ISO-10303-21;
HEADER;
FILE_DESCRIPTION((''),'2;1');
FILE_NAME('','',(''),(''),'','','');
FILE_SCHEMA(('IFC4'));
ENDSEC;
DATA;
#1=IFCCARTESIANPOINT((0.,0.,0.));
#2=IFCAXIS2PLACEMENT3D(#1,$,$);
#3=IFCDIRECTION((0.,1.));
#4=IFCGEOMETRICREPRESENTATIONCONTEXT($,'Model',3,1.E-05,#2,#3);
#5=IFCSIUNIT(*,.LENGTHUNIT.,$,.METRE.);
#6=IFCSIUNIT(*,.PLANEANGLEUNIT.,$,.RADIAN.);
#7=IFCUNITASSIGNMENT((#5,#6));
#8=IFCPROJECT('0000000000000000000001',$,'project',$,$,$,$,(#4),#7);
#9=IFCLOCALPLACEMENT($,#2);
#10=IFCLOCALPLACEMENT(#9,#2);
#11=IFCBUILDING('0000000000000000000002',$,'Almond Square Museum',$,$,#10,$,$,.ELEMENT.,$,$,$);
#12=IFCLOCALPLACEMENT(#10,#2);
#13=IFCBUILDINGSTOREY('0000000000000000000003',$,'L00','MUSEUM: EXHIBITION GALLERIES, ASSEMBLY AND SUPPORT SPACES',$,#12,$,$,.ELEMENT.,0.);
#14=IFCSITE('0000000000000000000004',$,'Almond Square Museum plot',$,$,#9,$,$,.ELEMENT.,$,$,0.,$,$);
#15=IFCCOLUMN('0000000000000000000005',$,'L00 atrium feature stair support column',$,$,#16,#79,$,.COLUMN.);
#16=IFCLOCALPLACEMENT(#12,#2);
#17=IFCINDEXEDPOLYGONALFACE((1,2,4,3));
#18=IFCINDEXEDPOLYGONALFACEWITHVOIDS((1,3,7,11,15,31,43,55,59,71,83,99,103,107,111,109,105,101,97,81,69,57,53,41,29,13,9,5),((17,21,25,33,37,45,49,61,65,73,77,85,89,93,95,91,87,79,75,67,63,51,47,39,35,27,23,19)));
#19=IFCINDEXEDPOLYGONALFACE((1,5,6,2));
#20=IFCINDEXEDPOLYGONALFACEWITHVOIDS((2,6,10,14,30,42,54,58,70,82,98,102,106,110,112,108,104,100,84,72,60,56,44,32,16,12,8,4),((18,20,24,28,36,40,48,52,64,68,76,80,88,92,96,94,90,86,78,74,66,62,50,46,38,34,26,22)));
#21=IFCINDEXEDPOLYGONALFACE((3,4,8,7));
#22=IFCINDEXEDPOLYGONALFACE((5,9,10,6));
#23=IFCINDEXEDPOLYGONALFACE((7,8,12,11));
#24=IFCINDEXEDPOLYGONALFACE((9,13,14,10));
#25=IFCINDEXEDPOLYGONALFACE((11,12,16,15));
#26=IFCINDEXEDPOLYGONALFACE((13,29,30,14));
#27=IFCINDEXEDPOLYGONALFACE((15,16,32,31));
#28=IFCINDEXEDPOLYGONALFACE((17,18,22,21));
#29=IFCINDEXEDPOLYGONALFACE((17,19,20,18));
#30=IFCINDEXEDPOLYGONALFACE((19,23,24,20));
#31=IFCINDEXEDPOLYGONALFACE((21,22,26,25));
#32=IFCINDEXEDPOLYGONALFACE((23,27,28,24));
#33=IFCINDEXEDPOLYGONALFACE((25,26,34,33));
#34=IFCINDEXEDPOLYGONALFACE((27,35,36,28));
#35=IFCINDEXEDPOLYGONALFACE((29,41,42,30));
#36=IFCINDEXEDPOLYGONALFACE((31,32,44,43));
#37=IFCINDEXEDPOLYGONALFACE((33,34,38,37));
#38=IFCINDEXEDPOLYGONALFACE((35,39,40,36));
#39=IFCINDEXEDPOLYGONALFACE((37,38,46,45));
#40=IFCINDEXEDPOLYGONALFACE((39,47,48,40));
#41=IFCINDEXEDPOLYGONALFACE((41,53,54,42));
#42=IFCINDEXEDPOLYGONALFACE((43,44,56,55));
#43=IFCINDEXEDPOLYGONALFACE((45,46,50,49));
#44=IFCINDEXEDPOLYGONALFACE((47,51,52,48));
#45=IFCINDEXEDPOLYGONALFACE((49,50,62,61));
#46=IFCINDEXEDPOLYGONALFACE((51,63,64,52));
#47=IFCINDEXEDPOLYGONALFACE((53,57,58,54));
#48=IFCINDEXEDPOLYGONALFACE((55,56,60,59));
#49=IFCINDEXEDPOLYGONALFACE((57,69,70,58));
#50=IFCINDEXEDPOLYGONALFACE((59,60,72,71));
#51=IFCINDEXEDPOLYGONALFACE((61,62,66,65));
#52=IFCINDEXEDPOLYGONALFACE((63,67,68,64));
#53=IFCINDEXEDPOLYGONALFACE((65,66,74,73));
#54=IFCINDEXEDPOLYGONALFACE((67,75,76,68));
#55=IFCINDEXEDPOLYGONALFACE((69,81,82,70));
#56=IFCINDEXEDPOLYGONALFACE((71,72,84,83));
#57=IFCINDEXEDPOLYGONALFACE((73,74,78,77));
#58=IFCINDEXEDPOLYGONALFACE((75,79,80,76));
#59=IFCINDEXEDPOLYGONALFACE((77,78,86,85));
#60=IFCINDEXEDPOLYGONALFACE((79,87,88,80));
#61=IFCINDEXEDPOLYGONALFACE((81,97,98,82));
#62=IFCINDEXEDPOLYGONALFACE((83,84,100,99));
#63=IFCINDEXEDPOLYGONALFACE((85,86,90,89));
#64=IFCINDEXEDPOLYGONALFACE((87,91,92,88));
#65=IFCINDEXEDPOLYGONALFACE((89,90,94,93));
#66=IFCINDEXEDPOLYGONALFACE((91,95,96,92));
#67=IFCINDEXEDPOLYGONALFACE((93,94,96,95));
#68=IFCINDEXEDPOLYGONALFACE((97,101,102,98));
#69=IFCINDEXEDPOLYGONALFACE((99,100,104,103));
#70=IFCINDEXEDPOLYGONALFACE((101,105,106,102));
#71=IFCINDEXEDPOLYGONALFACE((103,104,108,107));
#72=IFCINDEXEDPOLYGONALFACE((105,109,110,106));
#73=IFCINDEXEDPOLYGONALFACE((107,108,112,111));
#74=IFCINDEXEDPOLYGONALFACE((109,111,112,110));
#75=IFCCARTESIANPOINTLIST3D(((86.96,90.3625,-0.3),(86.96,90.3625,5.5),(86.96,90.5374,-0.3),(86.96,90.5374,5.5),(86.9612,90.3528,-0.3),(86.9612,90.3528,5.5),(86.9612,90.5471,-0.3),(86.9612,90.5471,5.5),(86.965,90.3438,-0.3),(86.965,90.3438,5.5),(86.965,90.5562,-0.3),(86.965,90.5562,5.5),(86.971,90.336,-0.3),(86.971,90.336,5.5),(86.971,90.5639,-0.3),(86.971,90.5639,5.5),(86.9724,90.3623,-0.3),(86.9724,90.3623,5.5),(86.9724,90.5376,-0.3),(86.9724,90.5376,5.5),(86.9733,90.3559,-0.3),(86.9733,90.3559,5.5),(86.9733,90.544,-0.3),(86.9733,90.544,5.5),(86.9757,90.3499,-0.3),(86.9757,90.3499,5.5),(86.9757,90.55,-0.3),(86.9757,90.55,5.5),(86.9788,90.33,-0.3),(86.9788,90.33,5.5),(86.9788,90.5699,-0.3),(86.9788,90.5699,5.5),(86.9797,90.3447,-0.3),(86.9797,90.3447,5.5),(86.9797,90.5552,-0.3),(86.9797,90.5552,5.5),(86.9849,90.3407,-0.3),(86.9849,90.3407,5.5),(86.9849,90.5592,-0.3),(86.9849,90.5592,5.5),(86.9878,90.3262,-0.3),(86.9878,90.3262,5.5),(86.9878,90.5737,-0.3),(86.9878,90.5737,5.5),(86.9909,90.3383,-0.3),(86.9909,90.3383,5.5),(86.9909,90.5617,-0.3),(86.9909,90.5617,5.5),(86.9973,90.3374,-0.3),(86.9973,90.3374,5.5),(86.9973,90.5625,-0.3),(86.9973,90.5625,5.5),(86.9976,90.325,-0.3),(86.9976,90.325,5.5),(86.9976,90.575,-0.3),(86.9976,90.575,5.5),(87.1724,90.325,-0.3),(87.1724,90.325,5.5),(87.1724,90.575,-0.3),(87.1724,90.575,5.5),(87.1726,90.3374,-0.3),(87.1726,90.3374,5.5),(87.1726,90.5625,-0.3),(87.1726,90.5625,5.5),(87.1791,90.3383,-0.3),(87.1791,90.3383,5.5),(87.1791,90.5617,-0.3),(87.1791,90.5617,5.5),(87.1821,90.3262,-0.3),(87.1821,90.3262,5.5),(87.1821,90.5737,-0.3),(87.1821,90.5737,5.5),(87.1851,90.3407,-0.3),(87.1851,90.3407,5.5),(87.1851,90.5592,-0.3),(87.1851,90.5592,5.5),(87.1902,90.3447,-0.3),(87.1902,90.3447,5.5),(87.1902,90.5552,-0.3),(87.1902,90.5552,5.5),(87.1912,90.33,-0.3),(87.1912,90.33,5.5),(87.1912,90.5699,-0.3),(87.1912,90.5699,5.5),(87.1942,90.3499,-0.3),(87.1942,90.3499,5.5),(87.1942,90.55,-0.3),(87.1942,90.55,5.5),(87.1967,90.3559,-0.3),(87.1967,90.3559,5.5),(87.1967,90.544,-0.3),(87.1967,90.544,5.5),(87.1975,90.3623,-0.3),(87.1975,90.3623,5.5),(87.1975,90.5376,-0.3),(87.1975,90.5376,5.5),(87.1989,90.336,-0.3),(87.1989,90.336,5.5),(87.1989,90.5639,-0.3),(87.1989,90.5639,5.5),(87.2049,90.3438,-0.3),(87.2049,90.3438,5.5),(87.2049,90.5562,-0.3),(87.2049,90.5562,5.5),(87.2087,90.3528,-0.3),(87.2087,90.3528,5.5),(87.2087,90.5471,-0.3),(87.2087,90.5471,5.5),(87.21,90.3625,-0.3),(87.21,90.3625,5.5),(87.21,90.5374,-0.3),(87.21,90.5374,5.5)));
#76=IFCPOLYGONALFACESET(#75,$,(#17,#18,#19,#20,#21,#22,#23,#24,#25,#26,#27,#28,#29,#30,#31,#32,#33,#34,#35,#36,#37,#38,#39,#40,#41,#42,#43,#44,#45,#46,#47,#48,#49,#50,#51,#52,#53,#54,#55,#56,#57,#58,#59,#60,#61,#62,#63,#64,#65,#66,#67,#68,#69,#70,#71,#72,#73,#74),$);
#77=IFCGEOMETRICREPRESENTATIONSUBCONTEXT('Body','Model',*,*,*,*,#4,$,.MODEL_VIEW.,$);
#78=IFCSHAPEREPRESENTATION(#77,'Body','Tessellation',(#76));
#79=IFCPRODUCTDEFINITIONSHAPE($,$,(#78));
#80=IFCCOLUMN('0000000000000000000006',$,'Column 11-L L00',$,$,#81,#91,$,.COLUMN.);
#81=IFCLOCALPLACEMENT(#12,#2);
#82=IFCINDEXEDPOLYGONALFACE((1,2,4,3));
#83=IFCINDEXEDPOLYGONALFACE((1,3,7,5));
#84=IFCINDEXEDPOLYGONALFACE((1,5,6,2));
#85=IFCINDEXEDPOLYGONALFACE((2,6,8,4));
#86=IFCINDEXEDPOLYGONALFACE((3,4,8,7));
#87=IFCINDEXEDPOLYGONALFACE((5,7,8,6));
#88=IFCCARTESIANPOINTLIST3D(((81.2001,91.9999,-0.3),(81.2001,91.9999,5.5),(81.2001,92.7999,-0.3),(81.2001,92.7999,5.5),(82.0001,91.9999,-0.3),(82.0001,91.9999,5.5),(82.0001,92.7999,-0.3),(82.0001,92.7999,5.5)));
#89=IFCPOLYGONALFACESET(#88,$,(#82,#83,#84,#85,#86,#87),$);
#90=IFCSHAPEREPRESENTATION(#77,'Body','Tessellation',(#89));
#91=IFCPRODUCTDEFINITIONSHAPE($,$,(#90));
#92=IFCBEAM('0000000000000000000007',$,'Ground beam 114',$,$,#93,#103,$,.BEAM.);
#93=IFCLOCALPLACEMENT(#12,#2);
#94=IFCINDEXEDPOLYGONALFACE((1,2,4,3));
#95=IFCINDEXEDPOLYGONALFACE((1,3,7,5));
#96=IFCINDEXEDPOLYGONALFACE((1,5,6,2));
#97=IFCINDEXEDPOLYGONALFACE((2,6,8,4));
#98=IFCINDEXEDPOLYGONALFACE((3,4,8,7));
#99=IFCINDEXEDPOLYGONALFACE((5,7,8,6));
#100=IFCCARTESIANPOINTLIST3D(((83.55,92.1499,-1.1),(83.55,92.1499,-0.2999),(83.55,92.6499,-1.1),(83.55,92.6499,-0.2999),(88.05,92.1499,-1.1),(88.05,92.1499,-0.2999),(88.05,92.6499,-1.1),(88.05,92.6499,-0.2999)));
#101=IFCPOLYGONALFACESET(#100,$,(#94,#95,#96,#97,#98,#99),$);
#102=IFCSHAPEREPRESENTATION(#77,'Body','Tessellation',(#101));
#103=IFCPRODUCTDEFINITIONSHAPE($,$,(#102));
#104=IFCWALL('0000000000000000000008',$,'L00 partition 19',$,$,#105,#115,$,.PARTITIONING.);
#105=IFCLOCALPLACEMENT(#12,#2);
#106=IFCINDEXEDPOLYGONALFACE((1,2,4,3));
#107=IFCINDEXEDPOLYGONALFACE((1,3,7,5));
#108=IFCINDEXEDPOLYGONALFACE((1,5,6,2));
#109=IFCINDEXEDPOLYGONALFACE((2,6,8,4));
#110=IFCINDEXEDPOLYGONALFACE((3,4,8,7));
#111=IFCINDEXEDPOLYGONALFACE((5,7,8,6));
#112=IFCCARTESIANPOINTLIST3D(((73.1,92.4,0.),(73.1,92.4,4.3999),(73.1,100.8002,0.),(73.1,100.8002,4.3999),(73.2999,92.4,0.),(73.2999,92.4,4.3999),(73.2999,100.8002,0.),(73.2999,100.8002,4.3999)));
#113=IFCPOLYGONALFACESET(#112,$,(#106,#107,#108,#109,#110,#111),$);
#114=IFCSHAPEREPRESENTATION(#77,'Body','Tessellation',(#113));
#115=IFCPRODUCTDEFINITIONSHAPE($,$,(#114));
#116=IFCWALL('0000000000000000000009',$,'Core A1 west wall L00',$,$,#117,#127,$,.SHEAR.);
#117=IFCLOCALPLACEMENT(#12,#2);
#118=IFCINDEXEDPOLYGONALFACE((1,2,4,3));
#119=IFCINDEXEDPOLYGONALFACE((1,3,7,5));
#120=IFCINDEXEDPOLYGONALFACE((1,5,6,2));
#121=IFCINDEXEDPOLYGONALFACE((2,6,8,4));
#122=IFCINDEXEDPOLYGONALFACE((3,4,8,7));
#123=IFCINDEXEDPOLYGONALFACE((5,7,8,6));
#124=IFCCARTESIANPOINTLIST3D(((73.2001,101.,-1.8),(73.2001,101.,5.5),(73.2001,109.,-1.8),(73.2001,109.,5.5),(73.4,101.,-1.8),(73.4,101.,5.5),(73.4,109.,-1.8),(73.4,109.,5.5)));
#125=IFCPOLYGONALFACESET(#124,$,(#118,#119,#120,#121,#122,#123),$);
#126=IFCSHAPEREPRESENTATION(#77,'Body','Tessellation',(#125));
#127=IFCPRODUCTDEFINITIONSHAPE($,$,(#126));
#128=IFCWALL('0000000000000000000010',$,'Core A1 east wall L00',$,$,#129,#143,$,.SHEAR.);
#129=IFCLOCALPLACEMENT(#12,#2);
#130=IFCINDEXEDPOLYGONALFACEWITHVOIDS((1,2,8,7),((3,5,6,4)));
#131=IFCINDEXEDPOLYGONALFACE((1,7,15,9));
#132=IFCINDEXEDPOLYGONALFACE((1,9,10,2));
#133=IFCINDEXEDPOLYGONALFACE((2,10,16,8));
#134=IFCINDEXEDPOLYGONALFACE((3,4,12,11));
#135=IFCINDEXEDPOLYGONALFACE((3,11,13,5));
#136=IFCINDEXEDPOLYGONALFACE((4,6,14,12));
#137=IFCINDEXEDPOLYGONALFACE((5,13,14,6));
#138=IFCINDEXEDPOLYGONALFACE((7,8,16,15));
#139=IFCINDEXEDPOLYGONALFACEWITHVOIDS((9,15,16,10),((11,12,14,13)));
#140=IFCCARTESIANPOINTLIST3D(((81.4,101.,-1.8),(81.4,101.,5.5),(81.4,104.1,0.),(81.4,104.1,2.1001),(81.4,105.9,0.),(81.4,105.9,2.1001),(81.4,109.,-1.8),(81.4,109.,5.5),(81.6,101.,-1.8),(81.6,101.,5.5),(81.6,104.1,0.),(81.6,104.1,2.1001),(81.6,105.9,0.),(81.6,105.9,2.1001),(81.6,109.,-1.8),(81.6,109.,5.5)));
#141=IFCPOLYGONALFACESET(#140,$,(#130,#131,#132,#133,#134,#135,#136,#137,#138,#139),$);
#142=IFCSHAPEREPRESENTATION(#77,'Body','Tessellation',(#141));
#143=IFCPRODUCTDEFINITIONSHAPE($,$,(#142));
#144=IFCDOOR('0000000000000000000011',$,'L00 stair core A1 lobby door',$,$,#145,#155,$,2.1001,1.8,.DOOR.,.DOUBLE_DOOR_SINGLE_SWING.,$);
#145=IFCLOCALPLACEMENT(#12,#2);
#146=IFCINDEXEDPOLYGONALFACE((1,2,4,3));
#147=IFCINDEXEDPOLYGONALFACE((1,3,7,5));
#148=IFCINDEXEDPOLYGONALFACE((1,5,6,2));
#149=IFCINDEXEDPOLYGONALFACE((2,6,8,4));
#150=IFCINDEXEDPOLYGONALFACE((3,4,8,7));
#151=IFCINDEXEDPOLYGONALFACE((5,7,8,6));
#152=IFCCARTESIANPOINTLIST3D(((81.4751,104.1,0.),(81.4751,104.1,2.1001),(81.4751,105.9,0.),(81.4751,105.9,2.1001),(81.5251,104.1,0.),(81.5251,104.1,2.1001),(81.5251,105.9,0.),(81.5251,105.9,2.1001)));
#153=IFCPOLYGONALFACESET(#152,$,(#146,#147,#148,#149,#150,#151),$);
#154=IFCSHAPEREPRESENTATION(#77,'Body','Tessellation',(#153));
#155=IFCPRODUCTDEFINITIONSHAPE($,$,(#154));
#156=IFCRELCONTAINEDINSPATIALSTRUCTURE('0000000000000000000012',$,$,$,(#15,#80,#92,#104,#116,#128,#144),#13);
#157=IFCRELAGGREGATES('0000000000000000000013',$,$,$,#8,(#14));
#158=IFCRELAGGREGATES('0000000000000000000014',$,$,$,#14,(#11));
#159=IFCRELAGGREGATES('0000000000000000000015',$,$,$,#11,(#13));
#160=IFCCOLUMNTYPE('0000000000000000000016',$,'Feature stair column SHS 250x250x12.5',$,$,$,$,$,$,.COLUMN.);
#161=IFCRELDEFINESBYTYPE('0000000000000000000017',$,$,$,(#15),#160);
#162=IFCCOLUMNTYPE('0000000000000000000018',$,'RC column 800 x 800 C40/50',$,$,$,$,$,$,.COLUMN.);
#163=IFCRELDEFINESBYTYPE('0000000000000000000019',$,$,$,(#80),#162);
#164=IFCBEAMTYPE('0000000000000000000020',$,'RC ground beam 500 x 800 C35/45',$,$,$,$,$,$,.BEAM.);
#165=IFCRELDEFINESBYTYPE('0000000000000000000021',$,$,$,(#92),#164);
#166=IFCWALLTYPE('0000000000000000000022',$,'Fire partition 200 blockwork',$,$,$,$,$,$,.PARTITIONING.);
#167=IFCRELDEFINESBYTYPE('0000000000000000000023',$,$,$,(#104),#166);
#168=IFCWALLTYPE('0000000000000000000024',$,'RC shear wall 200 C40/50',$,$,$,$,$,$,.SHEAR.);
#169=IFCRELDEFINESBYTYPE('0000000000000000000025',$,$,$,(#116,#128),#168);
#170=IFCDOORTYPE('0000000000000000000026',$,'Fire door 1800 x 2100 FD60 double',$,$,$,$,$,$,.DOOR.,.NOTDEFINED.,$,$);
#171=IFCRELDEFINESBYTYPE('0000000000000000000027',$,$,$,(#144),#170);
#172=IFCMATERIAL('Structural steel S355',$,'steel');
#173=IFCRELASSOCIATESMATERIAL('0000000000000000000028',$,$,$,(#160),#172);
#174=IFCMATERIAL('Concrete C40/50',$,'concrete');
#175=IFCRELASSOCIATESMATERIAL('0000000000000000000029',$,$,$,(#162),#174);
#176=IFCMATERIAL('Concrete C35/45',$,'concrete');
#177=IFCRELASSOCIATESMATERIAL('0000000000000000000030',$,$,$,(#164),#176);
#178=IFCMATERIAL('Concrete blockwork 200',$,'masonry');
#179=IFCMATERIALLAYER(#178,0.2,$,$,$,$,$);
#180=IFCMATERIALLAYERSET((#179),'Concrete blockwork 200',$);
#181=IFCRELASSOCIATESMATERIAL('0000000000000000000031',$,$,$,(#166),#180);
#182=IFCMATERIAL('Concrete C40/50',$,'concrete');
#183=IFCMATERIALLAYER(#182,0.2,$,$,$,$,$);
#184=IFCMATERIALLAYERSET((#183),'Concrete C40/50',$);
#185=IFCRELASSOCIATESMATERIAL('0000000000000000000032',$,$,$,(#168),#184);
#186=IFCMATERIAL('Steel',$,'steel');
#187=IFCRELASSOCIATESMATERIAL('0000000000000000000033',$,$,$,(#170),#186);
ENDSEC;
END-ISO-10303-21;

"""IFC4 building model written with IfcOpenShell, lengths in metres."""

from ifc_helpers import new_model, si_unit, direction, frame, frame_2d, origin, origin_2d, place, context, subcontext, project, spatial, rectangle, hollow_rectangle, extrude, material, layer, layer_set, material_profile, profile_set, type_object, element, fill, save


model = new_model("IFC4")

# Units and contexts
model_context = context("Model", 3, precision=1e-05, world=origin(), true_north=direction((0.0, 1.0)))
body_context = subcontext(model_context, "Body", "Model", "MODEL_VIEW")
ifc_project = project(units=[si_unit("LENGTHUNIT", "METRE"), si_unit("PLANEANGLEUNIT", "RADIAN")], contexts=[model_context])

# Site, building, storey
site_placement = place(None, origin())
site = spatial("IfcSite", under=ifc_project, at=site_placement, Name="Almond Square Museum plot", CompositionType="ELEMENT", RefElevation=0.0)
building_placement = place(site_placement, origin())
building = spatial("IfcBuilding", under=site, at=building_placement, Name="Almond Square Museum", CompositionType="ELEMENT")
storey_placement = place(building_placement, origin())
storey = spatial("IfcBuildingStorey", under=building, at=storey_placement, Name="L00", Description="MUSEUM: EXHIBITION GALLERIES, ASSEMBLY AND SUPPORT SPACES", CompositionType="ELEMENT", Elevation=0.0)

# Columns
ifc_material_1 = material(Name="Structural steel S355", Category="steel")
ifc_material_profile_1 = material_profile(ifc_material_1, hollow_rectangle(XDim=0.25, YDim=0.25, WallThickness=0.0125, InnerFilletRadius=0.0249, OuterFilletRadius=0.0376, at=origin_2d()))
ifc_profile_set_1 = profile_set([ifc_material_profile_1], Name="Structural steel S355")
column_type_1 = type_object("IfcColumnType", Name="Feature stair column SHS 250x250x12.5", PredefinedType="COLUMN", material=ifc_profile_set_1)
for number, where, z_axis, x_axis, name in (
    (1, (87.085, 90.45, -0.3), (0.0, 0.0, 1.0), (1.0, 0.0, 0.0), "L00 atrium feature stair support column"),
):
    element("IfcColumn", number, at=place(storey_placement, frame(where, z_axis=z_axis, x_axis=x_axis)), inside=storey, type_object=column_type_1, Name=name, PredefinedType="COLUMN", context=body_context, shape_type="SweptSolid", body=[
        extrude(hollow_rectangle(XDim=0.25, YDim=0.25, WallThickness=0.0125, InnerFilletRadius=0.0249, OuterFilletRadius=0.0376, at=origin_2d()), origin(), (0.0, 0.0, 1.0), 5.8),
    ])
ifc_material_2 = material(Name="Concrete C40/50", Category="concrete")
ifc_material_profile_2 = material_profile(ifc_material_2, rectangle(XDim=0.8, YDim=0.8, at=origin_2d()))
ifc_profile_set_2 = profile_set([ifc_material_profile_2], Name="Concrete C40/50")
column_type_2 = type_object("IfcColumnType", Name="RC column 800 x 800 C40/50", PredefinedType="COLUMN", material=ifc_profile_set_2)
column_placement = place(storey_placement, frame((81.6001, 92.3999, -0.3), z_axis=(0.0, 0.0, 1.0), x_axis=(1.0, 0.0, 0.0)))
element("IfcColumn", 2, at=column_placement, inside=storey, type_object=column_type_2, Name="Column 11-L L00", PredefinedType="COLUMN", context=body_context, shape_type="SweptSolid", body=[
    extrude(rectangle(XDim=0.8, YDim=0.8, at=origin_2d()), origin(), (0.0, 0.0, 1.0), 5.8),
])

# Beam
ifc_material_3 = material(Name="Concrete C35/45", Category="concrete")
ifc_material_profile_3 = material_profile(ifc_material_3, rectangle(XDim=0.5, YDim=0.8, at=origin_2d()))
ifc_profile_set_3 = profile_set([ifc_material_profile_3], Name="Concrete C35/45")
beam_type = type_object("IfcBeamType", Name="RC ground beam 500 x 800 C35/45", PredefinedType="BEAM", material=ifc_profile_set_3)
beam_placement = place(storey_placement, frame((83.55, 92.3999, -0.7), z_axis=(1.0, 0.0, 0.0), x_axis=(0.0, 1.0, 0.0)))
element("IfcBeam", 3, at=beam_placement, inside=storey, type_object=beam_type, Name="Ground beam 114", PredefinedType="BEAM", context=body_context, shape_type="SweptSolid", body=[
    extrude(rectangle(XDim=0.5, YDim=0.8, at=origin_2d()), origin(), (0.0, 0.0, 1.0), 4.5),
])

# Walls
ifc_material_4 = material(Name="Concrete blockwork 200", Category="masonry")
ifc_layer_1 = layer(ifc_material_4, 0.2)
ifc_layer_set_1 = layer_set([ifc_layer_1], Name="Concrete blockwork 200")
wall_type_1 = type_object("IfcWallType", Name="Fire partition 200 blockwork", PredefinedType="PARTITIONING", material=ifc_layer_set_1)
wall_1_placement = place(storey_placement, frame((73.2, 92.3999, 0.0), z_axis=(0.0, 0.0, 1.0), x_axis=(0.0, 1.0, 0.0)))
element("IfcWall", 4, at=wall_1_placement, inside=storey, type_object=wall_type_1, Name="L00 partition 19", PredefinedType="PARTITIONING", context=body_context, shape_type="SweptSolid", body=[
    extrude(rectangle(XDim=8.4001, YDim=0.2, at=frame_2d((4.2002, 0.0))), origin(), (0.0, 0.0, 1.0), 4.3999),
])
ifc_material_5 = material(Name="Concrete C40/50", Category="concrete")
ifc_layer_2 = layer(ifc_material_5, 0.2)
ifc_layer_set_2 = layer_set([ifc_layer_2], Name="Concrete C40/50")
wall_type_2 = type_object("IfcWallType", Name="RC shear wall 200 C40/50", PredefinedType="SHEAR", material=ifc_layer_set_2)
wall_2_placement = place(storey_placement, frame((73.3, 101.0, -1.8), z_axis=(0.0, 0.0, 1.0), x_axis=(0.0, 1.0, 0.0)))
element("IfcWall", 5, at=wall_2_placement, inside=storey, type_object=wall_type_2, Name="Core A1 west wall L00", PredefinedType="SHEAR", context=body_context, shape_type="SweptSolid", body=[
    extrude(rectangle(XDim=8.0, YDim=0.2, at=frame_2d((4.0, 0.0))), origin(), (0.0, 0.0, 1.0), 7.3),
])

# Wall, opening, door
wall_3_placement = place(storey_placement, frame((81.5, 101.0, -1.8), z_axis=(0.0, 0.0, 1.0), x_axis=(0.0, 1.0, 0.0)))
wall_3 = element("IfcWall", 6, at=wall_3_placement, inside=storey, type_object=wall_type_2, Name="Core A1 east wall L00", PredefinedType="SHEAR", context=body_context, shape_type="SweptSolid", body=[
    extrude(rectangle(XDim=8.0, YDim=0.2, at=frame_2d((4.0, 0.0))), origin(), (0.0, 0.0, 1.0), 7.3),
])
opening_1_placement = place(wall_3_placement, frame((3.1001, 0.0, 1.8)))
opening_1 = element("IfcOpeningElement", 7, at=opening_1_placement, cuts=wall_3, PredefinedType="OPENING", context=body_context, shape_type="SweptSolid", body=[
    extrude(rectangle(XDim=1.8, YDim=2.1001, at=frame_2d((0.8999, 1.05))), frame((0.0, 0.1099, 0.0), z_axis=(0.0, -1.0, 0.0), x_axis=(1.0, 0.0, 0.0)), (0.0, 0.0, 1.0), 0.22),
])
ifc_material_6 = material(Name="Steel", Category="steel")
door_type_1 = type_object("IfcDoorType", Name="Fire door 1800 x 2100 FD60 double", OperationType="NOTDEFINED", PredefinedType="DOOR", material=ifc_material_6)
door_1_placement = place(opening_1_placement, origin())
door_1 = element("IfcDoor", 8, at=door_1_placement, inside=storey, type_object=door_type_1, Name="L00 stair core A1 lobby door", OperationType="DOUBLE_DOOR_SINGLE_SWING", OverallHeight=2.1001, OverallWidth=1.8, PredefinedType="DOOR", context=body_context, shape_type="SweptSolid", body=[
    extrude(rectangle(XDim=1.8, YDim=2.1001, at=frame_2d((0.8999, 1.05))), frame((0.0, 0.0249, 0.0), z_axis=(0.0, -1.0, 0.0), x_axis=(1.0, 0.0, 0.0)), (0.0, 0.0, 1.0), 0.05),
])
fill(opening_1, door_1)

save(model, "model.ifc")
